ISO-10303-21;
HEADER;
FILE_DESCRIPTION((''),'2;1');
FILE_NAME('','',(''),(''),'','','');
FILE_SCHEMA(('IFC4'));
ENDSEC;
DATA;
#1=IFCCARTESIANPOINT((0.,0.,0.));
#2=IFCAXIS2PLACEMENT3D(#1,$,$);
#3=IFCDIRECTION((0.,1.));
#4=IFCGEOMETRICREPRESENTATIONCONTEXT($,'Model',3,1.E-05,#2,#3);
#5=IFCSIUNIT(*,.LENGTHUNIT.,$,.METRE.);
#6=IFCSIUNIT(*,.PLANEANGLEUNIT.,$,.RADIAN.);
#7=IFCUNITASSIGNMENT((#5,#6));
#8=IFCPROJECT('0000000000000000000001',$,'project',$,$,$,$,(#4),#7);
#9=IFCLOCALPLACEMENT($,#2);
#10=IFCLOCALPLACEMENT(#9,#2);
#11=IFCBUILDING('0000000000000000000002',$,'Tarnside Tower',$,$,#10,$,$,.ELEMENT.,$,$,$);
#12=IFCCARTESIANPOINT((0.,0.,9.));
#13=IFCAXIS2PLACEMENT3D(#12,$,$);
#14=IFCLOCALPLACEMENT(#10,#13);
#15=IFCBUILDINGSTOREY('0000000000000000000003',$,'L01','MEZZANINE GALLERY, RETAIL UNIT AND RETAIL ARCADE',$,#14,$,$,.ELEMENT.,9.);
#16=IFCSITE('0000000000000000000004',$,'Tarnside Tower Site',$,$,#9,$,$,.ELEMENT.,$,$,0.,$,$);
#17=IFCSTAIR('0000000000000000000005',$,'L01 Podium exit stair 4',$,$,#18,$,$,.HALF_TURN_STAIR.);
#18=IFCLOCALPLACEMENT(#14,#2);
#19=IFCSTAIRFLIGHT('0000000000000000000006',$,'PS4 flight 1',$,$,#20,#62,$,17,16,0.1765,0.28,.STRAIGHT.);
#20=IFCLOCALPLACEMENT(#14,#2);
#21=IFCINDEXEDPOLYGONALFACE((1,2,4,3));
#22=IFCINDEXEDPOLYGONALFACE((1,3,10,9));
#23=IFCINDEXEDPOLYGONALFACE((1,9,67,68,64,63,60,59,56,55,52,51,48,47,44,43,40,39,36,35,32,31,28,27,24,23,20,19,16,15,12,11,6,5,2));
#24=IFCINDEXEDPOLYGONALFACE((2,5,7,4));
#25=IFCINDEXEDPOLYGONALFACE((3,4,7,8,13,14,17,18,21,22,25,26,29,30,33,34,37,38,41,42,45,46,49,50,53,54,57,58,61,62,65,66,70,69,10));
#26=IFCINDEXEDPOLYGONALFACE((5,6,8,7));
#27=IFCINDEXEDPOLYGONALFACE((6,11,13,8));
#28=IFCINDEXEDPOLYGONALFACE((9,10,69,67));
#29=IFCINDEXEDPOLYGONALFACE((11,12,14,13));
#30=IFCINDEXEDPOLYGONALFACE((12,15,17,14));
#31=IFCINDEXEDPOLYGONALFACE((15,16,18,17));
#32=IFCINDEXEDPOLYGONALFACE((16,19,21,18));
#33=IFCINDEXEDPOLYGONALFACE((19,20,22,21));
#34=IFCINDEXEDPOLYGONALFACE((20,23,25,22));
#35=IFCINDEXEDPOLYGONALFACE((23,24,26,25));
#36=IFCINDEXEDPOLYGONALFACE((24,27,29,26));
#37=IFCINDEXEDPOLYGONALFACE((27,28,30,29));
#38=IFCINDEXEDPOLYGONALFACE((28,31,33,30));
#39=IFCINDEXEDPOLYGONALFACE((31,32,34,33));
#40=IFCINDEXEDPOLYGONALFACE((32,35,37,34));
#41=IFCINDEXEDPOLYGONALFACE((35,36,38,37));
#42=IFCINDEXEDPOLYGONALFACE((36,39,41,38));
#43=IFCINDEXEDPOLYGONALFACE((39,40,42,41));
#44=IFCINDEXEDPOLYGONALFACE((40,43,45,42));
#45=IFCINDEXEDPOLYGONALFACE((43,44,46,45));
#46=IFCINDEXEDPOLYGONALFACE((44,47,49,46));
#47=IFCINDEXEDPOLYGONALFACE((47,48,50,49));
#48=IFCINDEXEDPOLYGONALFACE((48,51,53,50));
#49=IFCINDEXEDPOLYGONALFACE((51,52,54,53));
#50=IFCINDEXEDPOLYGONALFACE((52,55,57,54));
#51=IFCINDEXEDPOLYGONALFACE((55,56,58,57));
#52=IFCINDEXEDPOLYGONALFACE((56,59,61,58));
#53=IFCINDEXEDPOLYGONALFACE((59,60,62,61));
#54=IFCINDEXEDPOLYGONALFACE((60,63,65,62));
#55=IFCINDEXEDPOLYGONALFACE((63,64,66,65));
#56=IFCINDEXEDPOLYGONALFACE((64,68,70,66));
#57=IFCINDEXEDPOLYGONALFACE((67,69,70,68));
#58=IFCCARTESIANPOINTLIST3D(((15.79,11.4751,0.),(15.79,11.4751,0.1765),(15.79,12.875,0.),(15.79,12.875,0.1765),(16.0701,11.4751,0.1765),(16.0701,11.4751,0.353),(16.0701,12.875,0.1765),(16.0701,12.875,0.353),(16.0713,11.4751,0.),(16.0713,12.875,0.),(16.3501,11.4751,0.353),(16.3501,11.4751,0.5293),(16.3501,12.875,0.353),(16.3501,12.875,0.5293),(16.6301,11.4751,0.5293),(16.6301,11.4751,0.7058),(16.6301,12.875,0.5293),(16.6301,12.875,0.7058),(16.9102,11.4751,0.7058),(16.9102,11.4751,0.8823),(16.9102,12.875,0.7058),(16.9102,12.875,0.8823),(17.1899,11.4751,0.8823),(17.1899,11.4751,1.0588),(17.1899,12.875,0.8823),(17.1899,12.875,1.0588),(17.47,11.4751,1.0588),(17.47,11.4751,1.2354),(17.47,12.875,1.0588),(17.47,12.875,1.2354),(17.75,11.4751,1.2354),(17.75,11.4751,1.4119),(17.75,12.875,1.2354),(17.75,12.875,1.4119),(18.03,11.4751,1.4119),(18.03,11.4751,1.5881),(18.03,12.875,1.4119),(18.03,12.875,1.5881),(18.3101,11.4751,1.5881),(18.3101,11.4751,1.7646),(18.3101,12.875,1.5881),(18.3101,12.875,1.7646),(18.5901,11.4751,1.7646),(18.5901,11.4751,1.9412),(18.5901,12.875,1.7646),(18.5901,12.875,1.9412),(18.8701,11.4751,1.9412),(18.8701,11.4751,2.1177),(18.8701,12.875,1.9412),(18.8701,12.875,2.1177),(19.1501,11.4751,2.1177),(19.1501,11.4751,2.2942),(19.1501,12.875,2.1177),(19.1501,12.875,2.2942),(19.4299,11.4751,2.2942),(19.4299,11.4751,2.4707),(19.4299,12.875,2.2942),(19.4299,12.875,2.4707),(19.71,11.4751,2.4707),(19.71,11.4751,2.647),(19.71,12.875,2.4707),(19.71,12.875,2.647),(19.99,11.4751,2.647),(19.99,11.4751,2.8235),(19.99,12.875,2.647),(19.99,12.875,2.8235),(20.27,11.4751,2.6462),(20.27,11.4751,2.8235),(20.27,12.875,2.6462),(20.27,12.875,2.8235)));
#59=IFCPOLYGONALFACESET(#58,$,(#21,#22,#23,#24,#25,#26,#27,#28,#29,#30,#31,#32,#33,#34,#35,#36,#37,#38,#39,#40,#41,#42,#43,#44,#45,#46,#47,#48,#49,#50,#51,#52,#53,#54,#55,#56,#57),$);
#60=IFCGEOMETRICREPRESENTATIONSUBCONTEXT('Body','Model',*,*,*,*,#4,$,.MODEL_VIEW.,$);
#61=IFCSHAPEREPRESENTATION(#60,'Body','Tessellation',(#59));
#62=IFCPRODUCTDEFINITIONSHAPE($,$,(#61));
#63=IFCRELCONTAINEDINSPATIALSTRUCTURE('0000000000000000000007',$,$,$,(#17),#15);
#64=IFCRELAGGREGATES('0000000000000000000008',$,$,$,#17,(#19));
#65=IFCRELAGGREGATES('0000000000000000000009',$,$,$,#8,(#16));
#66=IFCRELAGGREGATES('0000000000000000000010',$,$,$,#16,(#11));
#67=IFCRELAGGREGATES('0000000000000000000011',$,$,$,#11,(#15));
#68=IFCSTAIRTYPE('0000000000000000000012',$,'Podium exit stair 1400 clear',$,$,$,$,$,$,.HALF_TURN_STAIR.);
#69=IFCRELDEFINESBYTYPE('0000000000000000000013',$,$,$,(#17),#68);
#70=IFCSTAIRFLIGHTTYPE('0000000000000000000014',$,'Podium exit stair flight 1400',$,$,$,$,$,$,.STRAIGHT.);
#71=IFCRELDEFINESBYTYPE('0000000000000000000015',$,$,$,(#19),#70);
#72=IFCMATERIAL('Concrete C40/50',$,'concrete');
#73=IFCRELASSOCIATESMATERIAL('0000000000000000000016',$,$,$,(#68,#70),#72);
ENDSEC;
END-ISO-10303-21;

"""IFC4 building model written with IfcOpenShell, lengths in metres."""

from ifc_helpers import new_model, si_unit, direction, frame, origin, place, context, subcontext, project, spatial, polyline, outline, extrude, material, type_object, element, aggregate, save


model = new_model("IFC4")

# Units and contexts
model_context = context("Model", 3, precision=1e-05, world=origin(), true_north=direction((0.0, 1.0)))
body_context = subcontext(model_context, "Body", "Model", "MODEL_VIEW")
ifc_project = project(units=[si_unit("LENGTHUNIT", "METRE"), si_unit("PLANEANGLEUNIT", "RADIAN")], contexts=[model_context])

# Site, building, storey
site_placement = place(None, origin())
site = spatial("IfcSite", under=ifc_project, at=site_placement, Name="Tarnside Tower Site", CompositionType="ELEMENT", RefElevation=0.0)
building_placement = place(site_placement, origin())
building = spatial("IfcBuilding", under=site, at=building_placement, Name="Tarnside Tower", CompositionType="ELEMENT")
storey_placement = place(building_placement, frame((0.0, 0.0, 9.0)))
storey = spatial("IfcBuildingStorey", under=building, at=storey_placement, Name="L01", Description="MEZZANINE GALLERY, RETAIL UNIT AND RETAIL ARCADE", CompositionType="ELEMENT", Elevation=9.0)

# Stair, stair flight
ifc_material_1 = material(Name="Concrete C40/50", Category="concrete")
stair_type = type_object("IfcStairType", Name="Podium exit stair 1400 clear", PredefinedType="HALF_TURN_STAIR", material=ifc_material_1)
stair_placement = place(storey_placement, origin())
stair = element("IfcStair", 1, at=stair_placement, inside=storey, type_object=stair_type, Name="L01 Podium exit stair 4", PredefinedType="HALF_TURN_STAIR")
stair_flight_type = type_object("IfcStairFlightType", Name="Podium exit stair flight 1400", PredefinedType="STRAIGHT", material=ifc_material_1)
stair_flight_placement = place(storey_placement, frame((15.79, 12.175, 0.0), z_axis=(0.0, 0.0, 1.0), x_axis=(1.0, 0.0, 0.0)))
stair_flight = element("IfcStairFlight", 2, at=stair_flight_placement, type_object=stair_flight_type, Name="PS4 flight 1", NumberOfRisers=17, NumberOfTreads=16, PredefinedType="STRAIGHT", RiserHeight=0.1765, TreadLength=0.28, context=body_context, shape_type="SweptSolid", body=[
    extrude(outline(polyline([(0.0, 0.0), (0.0, 0.1765), (0.28, 0.1765), (0.28, 0.353), (0.5601, 0.353), (0.5601, 0.5293), (0.8401, 0.5293), (0.8401, 0.7058), (1.1201, 0.7058), (1.1201, 0.8823), (1.3999, 0.8823), (1.3999, 1.0588), (1.6799, 1.0588), (1.6799, 1.2354), (1.96, 1.2354), (1.96, 1.4119), (2.24, 1.4119), (2.24, 1.5881), (2.52, 1.5881), (2.52, 1.7646), (2.8, 1.7646), (2.8, 1.9412), (3.0801, 1.9412), (3.0801, 2.1177), (3.3601, 2.1177), (3.3601, 2.2942), (3.6399, 2.2942), (3.6399, 2.4707), (3.9199, 2.4707), (3.9199, 2.647), (4.2, 2.647), (4.2, 2.8235), (4.48, 2.8235), (4.48, 3.0), (4.48, 2.6462), (0.2812, 0.0), (0.0, 0.0)])), frame((0.0, 0.7, 0.0), z_axis=(0.0, -1.0, 0.0), x_axis=(1.0, 0.0, 0.0)), (0.0, 0.0, 1.0), 1.3999),
])
aggregate(stair, [stair_flight])

save(model, "model.ifc")
